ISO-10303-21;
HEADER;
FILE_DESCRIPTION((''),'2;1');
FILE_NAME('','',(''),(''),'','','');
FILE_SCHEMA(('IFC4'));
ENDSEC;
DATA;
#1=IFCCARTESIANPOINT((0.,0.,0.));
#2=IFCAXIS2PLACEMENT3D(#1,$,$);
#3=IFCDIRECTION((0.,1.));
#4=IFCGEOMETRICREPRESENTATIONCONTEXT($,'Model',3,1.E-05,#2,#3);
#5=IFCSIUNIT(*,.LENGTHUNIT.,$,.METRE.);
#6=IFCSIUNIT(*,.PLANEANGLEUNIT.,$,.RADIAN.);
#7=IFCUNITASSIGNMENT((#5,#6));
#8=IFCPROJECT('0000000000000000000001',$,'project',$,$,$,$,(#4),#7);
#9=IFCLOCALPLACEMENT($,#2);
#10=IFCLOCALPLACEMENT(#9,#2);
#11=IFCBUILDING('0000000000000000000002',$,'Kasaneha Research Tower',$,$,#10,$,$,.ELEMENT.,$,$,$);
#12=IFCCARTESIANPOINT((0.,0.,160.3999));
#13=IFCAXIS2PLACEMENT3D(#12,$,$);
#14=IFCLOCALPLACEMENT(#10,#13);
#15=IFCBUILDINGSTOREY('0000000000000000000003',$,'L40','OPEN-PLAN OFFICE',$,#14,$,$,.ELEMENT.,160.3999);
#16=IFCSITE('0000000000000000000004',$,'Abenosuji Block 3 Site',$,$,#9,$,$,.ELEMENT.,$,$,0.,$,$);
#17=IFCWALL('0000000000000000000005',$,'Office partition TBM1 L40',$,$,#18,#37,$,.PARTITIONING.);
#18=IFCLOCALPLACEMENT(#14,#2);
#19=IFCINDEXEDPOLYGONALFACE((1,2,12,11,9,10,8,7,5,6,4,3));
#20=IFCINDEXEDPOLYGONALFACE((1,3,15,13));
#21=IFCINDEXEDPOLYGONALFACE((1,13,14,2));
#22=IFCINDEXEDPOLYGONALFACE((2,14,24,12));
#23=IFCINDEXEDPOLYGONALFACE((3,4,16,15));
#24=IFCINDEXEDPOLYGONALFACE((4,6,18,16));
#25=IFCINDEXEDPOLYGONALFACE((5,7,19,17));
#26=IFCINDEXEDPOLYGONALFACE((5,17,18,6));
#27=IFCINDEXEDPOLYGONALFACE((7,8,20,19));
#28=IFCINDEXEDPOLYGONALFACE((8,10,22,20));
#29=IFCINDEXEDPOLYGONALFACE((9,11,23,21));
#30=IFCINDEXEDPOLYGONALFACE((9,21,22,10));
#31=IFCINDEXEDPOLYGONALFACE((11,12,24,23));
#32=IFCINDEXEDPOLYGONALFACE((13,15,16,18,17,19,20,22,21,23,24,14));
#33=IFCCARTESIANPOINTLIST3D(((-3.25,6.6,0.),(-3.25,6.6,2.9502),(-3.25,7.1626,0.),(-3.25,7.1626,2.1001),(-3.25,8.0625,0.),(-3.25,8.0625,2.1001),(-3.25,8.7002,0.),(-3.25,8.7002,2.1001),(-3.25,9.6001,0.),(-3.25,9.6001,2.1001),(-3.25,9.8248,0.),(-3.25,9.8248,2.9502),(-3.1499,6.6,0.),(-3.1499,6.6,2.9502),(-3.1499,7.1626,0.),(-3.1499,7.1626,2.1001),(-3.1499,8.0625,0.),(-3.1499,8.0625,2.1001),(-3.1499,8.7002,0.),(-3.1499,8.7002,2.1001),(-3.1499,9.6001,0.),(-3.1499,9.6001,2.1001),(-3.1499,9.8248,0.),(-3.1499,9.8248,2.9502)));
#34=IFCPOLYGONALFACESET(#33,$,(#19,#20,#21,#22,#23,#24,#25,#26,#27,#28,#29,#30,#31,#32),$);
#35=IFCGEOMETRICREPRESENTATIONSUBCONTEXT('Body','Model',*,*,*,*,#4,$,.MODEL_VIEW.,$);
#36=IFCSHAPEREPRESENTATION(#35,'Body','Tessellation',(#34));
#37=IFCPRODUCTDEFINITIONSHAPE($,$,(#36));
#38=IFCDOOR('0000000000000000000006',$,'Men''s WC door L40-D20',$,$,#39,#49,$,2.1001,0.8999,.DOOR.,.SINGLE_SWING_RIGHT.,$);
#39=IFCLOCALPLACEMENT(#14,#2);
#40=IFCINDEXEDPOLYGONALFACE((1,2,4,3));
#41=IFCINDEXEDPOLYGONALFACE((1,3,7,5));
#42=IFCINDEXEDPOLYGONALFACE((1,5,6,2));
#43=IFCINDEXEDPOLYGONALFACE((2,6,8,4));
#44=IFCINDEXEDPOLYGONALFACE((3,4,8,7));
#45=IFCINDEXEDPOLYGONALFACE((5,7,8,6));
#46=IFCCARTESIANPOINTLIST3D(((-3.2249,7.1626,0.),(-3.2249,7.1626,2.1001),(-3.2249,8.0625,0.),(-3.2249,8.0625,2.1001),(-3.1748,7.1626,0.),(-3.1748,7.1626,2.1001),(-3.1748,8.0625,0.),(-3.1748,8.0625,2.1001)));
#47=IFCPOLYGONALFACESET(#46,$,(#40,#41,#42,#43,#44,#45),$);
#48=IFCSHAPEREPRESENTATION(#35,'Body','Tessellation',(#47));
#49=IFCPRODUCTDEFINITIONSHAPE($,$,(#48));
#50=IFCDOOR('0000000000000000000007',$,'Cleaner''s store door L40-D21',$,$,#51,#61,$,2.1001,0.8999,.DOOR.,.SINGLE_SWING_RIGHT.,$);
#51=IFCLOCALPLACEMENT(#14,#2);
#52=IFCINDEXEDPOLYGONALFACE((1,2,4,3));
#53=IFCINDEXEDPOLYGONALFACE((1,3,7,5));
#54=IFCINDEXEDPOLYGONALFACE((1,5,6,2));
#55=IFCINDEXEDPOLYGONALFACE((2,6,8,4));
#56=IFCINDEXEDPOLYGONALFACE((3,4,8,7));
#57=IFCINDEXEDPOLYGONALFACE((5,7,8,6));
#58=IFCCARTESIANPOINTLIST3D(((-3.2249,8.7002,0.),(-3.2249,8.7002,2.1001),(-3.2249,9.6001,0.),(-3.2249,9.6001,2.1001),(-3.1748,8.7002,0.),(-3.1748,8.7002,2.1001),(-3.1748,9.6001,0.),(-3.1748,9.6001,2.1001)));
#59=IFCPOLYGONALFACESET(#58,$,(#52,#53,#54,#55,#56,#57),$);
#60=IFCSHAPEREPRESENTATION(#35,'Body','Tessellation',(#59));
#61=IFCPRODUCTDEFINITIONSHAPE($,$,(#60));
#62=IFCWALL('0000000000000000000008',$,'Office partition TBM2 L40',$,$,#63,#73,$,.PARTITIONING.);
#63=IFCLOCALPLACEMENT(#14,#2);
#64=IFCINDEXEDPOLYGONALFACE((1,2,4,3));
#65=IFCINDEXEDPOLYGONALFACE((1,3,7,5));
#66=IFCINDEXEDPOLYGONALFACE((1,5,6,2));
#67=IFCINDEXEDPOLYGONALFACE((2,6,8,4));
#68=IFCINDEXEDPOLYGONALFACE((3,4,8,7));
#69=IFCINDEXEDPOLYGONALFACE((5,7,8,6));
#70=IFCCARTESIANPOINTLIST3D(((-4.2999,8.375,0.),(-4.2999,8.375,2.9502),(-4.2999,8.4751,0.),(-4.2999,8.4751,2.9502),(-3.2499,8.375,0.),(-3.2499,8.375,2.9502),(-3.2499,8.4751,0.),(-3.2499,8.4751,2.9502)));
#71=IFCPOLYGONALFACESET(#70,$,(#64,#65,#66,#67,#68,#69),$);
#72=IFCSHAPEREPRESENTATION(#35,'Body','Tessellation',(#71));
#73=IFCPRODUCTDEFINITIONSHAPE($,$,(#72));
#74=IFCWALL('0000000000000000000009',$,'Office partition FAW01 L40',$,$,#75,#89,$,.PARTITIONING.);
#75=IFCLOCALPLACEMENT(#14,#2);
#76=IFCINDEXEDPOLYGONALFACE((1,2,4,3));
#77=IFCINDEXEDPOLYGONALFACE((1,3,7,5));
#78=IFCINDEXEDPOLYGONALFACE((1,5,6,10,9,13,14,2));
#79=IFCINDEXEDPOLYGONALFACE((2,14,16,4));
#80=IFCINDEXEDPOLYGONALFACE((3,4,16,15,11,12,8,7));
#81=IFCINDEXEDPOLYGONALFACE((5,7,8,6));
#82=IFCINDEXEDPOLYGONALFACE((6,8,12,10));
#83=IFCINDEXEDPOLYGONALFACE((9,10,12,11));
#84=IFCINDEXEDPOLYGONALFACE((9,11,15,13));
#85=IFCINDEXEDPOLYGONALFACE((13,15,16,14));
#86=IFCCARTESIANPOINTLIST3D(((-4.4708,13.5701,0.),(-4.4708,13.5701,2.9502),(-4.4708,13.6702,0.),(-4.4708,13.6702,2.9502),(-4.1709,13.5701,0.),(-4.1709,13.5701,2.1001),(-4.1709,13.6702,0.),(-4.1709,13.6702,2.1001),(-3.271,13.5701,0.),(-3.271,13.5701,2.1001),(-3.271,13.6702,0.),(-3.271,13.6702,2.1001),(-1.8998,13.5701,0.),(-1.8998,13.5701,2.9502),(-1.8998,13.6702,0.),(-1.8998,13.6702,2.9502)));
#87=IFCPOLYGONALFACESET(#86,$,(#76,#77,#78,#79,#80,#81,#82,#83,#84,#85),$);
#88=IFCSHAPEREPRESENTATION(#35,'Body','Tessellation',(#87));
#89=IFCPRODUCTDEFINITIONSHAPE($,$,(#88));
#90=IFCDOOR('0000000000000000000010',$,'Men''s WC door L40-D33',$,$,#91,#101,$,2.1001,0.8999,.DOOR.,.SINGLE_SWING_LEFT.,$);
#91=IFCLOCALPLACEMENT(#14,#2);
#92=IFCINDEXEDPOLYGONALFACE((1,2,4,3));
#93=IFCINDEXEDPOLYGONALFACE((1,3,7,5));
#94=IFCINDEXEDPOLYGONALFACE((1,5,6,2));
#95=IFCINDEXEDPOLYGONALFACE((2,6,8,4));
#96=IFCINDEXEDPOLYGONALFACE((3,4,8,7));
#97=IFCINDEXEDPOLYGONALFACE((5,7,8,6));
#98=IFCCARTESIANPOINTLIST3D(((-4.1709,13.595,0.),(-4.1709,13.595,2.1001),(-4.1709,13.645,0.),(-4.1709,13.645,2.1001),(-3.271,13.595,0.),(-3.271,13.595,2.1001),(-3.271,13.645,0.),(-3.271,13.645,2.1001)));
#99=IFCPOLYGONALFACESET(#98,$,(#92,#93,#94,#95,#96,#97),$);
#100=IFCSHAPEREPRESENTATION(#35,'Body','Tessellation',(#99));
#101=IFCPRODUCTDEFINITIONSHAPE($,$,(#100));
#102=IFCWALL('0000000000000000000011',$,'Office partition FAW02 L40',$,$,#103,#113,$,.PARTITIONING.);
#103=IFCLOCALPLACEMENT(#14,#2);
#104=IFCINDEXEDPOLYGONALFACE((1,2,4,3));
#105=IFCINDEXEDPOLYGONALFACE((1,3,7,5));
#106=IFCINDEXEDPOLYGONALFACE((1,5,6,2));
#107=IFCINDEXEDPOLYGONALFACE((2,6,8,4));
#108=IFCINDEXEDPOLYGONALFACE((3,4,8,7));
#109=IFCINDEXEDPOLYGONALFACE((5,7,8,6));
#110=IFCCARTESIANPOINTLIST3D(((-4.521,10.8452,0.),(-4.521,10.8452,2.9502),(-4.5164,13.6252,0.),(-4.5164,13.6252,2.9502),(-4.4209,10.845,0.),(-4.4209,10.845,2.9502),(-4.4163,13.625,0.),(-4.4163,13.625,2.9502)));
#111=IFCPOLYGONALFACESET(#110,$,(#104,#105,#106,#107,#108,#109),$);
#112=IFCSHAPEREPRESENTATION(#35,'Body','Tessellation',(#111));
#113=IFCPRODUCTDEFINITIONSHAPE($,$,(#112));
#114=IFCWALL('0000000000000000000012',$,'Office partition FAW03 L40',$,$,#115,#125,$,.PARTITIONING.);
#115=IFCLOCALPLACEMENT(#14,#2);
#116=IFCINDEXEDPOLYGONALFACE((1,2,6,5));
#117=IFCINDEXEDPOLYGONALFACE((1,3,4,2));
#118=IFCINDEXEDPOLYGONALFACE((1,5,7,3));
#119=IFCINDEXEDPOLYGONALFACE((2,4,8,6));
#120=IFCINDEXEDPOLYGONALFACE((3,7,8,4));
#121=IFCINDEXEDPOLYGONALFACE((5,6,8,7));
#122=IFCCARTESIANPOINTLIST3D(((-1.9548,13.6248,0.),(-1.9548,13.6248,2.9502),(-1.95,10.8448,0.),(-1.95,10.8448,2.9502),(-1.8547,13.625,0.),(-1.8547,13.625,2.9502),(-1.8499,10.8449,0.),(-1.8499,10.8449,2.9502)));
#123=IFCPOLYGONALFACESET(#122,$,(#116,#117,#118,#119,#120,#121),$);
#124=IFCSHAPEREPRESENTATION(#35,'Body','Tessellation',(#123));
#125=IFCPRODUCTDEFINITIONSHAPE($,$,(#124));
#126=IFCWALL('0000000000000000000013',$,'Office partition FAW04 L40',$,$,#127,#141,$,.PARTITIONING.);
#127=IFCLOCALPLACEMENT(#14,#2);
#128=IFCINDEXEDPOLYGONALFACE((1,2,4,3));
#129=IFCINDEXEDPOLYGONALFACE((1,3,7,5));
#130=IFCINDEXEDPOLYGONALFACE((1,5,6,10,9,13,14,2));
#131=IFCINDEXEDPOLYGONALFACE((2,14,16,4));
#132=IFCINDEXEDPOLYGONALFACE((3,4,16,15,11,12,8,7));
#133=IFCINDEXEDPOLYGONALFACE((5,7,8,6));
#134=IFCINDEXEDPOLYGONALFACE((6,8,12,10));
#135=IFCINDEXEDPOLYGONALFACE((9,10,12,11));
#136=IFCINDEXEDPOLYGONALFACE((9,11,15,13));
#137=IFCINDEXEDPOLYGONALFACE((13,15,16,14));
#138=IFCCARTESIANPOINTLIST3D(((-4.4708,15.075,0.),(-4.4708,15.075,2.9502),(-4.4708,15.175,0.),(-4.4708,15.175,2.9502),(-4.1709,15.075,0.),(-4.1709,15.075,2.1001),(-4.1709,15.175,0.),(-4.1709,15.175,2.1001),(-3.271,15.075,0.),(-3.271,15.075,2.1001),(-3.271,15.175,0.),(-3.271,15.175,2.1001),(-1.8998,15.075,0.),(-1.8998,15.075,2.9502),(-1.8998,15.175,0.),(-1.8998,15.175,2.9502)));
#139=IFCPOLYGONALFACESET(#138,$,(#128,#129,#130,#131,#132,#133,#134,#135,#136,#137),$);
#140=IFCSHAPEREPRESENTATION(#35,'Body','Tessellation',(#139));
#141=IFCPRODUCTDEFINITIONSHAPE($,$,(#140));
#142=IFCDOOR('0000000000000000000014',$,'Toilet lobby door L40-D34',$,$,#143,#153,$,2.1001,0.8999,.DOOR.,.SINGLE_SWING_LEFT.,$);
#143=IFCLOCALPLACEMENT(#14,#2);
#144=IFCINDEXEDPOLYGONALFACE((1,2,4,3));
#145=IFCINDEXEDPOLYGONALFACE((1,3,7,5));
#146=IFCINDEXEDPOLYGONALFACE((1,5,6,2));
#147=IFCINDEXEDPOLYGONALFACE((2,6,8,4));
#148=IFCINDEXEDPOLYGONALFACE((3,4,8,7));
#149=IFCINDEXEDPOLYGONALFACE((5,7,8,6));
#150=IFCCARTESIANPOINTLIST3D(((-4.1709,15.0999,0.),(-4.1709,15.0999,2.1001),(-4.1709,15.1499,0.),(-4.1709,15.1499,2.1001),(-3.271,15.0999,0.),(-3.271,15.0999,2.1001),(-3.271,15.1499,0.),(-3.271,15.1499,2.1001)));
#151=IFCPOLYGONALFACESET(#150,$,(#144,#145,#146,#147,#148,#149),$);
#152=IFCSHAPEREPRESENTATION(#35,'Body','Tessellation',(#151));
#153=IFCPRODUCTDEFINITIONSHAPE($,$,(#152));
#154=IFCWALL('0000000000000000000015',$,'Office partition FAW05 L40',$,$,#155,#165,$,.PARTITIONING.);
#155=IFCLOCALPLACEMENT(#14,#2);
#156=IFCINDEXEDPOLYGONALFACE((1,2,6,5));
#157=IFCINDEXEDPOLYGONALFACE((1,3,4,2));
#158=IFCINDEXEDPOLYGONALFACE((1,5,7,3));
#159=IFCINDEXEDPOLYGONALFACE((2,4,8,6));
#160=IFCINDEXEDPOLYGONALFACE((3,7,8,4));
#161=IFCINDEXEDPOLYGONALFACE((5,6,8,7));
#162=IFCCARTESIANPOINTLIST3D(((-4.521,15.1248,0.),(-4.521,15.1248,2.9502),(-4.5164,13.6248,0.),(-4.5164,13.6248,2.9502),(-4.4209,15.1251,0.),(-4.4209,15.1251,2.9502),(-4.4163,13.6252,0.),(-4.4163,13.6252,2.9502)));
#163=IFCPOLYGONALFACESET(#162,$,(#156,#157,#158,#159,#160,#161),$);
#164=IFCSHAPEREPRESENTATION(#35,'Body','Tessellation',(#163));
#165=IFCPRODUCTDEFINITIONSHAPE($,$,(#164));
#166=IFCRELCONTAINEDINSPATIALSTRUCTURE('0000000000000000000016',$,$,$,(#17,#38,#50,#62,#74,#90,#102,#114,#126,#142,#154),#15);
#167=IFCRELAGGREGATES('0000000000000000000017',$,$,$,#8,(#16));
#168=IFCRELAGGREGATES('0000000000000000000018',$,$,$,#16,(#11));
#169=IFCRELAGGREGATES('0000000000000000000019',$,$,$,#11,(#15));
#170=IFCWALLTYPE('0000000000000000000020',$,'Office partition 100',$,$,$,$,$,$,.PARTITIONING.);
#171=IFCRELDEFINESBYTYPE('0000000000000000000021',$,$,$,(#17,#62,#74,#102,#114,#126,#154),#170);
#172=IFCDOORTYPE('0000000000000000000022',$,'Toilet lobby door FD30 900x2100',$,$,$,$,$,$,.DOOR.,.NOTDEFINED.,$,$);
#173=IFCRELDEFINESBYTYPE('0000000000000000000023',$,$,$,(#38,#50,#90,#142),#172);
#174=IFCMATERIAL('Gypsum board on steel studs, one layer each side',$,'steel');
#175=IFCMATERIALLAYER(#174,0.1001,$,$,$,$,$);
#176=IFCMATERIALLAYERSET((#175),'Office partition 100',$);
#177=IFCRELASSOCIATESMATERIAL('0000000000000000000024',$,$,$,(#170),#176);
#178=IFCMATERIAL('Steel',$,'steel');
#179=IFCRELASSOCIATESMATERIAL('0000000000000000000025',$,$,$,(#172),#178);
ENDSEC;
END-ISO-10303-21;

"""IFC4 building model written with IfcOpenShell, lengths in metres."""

from ifc_helpers import new_model, si_unit, direction, frame, frame_2d, origin, place, context, subcontext, project, spatial, rectangle, extrude, material, layer, layer_set, type_object, element, fill, save


model = new_model("IFC4")

# Units and contexts
model_context = context("Model", 3, precision=1e-05, world=origin(), true_north=direction((0.0, 1.0)))
body_context = subcontext(model_context, "Body", "Model", "MODEL_VIEW")
ifc_project = project(units=[si_unit("LENGTHUNIT", "METRE"), si_unit("PLANEANGLEUNIT", "RADIAN")], contexts=[model_context])

# Site, building, storey
site_placement = place(None, origin())
site = spatial("IfcSite", under=ifc_project, at=site_placement, Name="Abenosuji Block 3 Site", CompositionType="ELEMENT", RefElevation=0.0)
building_placement = place(site_placement, origin())
building = spatial("IfcBuilding", under=site, at=building_placement, Name="Kasaneha Research Tower", CompositionType="ELEMENT")
storey_placement = place(building_placement, frame((0.0, 0.0, 160.3999)))
storey = spatial("IfcBuildingStorey", under=building, at=storey_placement, Name="L40", Description="OPEN-PLAN OFFICE", CompositionType="ELEMENT", Elevation=160.3999)

# Wall, openings, doors
ifc_material_1 = material(Name="Gypsum board on steel studs, one layer each side", Category="steel")
ifc_layer_1 = layer(ifc_material_1, 0.1001)
ifc_layer_set_1 = layer_set([ifc_layer_1], Name="Office partition 100")
wall_type_1 = type_object("IfcWallType", Name="Office partition 100", PredefinedType="PARTITIONING", material=ifc_layer_set_1)
wall_1_placement = place(storey_placement, frame((-3.2, 6.6001, 0.0), z_axis=(0.0, 0.0, 1.0), x_axis=(0.0, 1.0, 0.0)))
wall_1 = element("IfcWall", 1, at=wall_1_placement, inside=storey, type_object=wall_type_1, Name="Office partition TBM1 L40", PredefinedType="PARTITIONING", context=body_context, shape_type="SweptSolid", body=[
    extrude(rectangle(XDim=3.2249, YDim=0.1001, at=frame_2d((1.6123, 0.0))), origin(), (0.0, 0.0, 1.0), 2.9502),
])
opening_1_placement = place(wall_1_placement, frame((0.5625, 0.0, 0.0)))
opening_1 = element("IfcOpeningElement", 2, at=opening_1_placement, cuts=wall_1, PredefinedType="OPENING", context=body_context, shape_type="SweptSolid", body=[
    extrude(rectangle(XDim=0.8999, YDim=2.1001, at=frame_2d((0.45, 1.05))), frame((0.0, 0.0601, 0.0), z_axis=(0.0, -1.0, 0.0), x_axis=(1.0, 0.0, 0.0)), (0.0, 0.0, 1.0), 0.1201),
])
opening_2_placement = place(wall_1_placement, frame((2.1001, 0.0, 0.0)))
opening_2 = element("IfcOpeningElement", 3, at=opening_2_placement, cuts=wall_1, PredefinedType="OPENING", context=body_context, shape_type="SweptSolid", body=[
    extrude(rectangle(XDim=0.8999, YDim=2.1001, at=frame_2d((0.45, 1.05))), frame((0.0, 0.0601, 0.0), z_axis=(0.0, -1.0, 0.0), x_axis=(1.0, 0.0, 0.0)), (0.0, 0.0, 1.0), 0.1201),
])
ifc_material_2 = material(Name="Steel", Category="steel")
door_type_1 = type_object("IfcDoorType", Name="Toilet lobby door FD30 900x2100", OperationType="NOTDEFINED", PredefinedType="DOOR", material=ifc_material_2)
door_1_placement = place(opening_1_placement, origin())
door_1 = element("IfcDoor", 4, at=door_1_placement, inside=storey, type_object=door_type_1, Name="Men's WC door L40-D20", OperationType="SINGLE_SWING_RIGHT", OverallHeight=2.1001, OverallWidth=0.8999, PredefinedType="DOOR", context=body_context, shape_type="SweptSolid", body=[
    extrude(rectangle(XDim=0.8999, YDim=2.1001, at=frame_2d((0.45, 1.05))), frame((0.0, 0.0249, 0.0), z_axis=(0.0, -1.0, 0.0), x_axis=(1.0, 0.0, 0.0)), (0.0, 0.0, 1.0), 0.05),
])
fill(opening_1, door_1)
door_2_placement = place(opening_2_placement, origin())
door_2 = element("IfcDoor", 5, at=door_2_placement, inside=storey, type_object=door_type_1, Name="Cleaner's store door L40-D21", OperationType="SINGLE_SWING_RIGHT", OverallHeight=2.1001, OverallWidth=0.8999, PredefinedType="DOOR", context=body_context, shape_type="SweptSolid", body=[
    extrude(rectangle(XDim=0.8999, YDim=2.1001, at=frame_2d((0.45, 1.05))), frame((0.0, 0.0249, 0.0), z_axis=(0.0, -1.0, 0.0), x_axis=(1.0, 0.0, 0.0)), (0.0, 0.0, 1.0), 0.05),
])
fill(opening_2, door_2)

# Wall
wall_2_placement = place(storey_placement, frame((-3.25, 8.425, 0.0), z_axis=(0.0, 0.0, 1.0), x_axis=(-1.0, 0.0, 0.0)))
element("IfcWall", 6, at=wall_2_placement, inside=storey, type_object=wall_type_1, Name="Office partition TBM2 L40", PredefinedType="PARTITIONING", context=body_context, shape_type="SweptSolid", body=[
    extrude(rectangle(XDim=1.05, YDim=0.1001, at=frame_2d((0.5249, 0.0))), origin(), (0.0, 0.0, 1.0), 2.9502),
])

# Wall, opening, door
wall_3_placement = place(storey_placement, frame((-4.4709, 13.6201, 0.0), z_axis=(0.0, 0.0, 1.0), x_axis=(1.0, 0.0, 0.0)))
wall_3 = element("IfcWall", 7, at=wall_3_placement, inside=storey, type_object=wall_type_1, Name="Office partition FAW01 L40", PredefinedType="PARTITIONING", context=body_context, shape_type="SweptSolid", body=[
    extrude(rectangle(XDim=2.571, YDim=0.1001, at=frame_2d((1.2856, 0.0))), origin(), (0.0, 0.0, 1.0), 2.9502),
])
opening_3_placement = place(wall_3_placement, frame((0.3, 0.0, 0.0)))
opening_3 = element("IfcOpeningElement", 8, at=opening_3_placement, cuts=wall_3, PredefinedType="OPENING", context=body_context, shape_type="SweptSolid", body=[
    extrude(rectangle(XDim=0.8999, YDim=2.1001, at=frame_2d((0.45, 1.05))), frame((0.0, 0.0601, 0.0), z_axis=(0.0, -1.0, 0.0), x_axis=(1.0, 0.0, 0.0)), (0.0, 0.0, 1.0), 0.1201),
])
door_3_placement = place(opening_3_placement, origin())
door_3 = element("IfcDoor", 9, at=door_3_placement, inside=storey, type_object=door_type_1, Name="Men's WC door L40-D33", OperationType="SINGLE_SWING_LEFT", OverallHeight=2.1001, OverallWidth=0.8999, PredefinedType="DOOR", context=body_context, shape_type="SweptSolid", body=[
    extrude(rectangle(XDim=0.8999, YDim=2.1001, at=frame_2d((0.45, 1.05))), frame((0.0, 0.0249, 0.0), z_axis=(0.0, -1.0, 0.0), x_axis=(1.0, 0.0, 0.0)), (0.0, 0.0, 1.0), 0.05),
])
fill(opening_3, door_3)

# Walls
for number, where, z_axis, x_axis, name in (
    (10, (-4.4709, 10.845, 0.0), (0.0, 0.0, 1.0), (0.001669, 0.999999, 0.0), "Office partition FAW02 L40"),
    (11, (-1.9048, 13.625, 0.0), (0.0, 0.0, 1.0), (0.001756, -0.999998, 0.0), "Office partition FAW03 L40"),
):
    element("IfcWall", number, at=place(storey_placement, frame(where, z_axis=z_axis, x_axis=x_axis)), inside=storey, type_object=wall_type_1, Name=name, PredefinedType="PARTITIONING", context=body_context, shape_type="SweptSolid", body=[
        extrude(rectangle(XDim=2.78, YDim=0.1001, at=frame_2d((1.3901, 0.0))), origin(), (0.0, 0.0, 1.0), 2.9502),
    ])

# Wall, opening, door
wall_4_placement = place(storey_placement, frame((-4.4709, 15.125, 0.0), z_axis=(0.0, 0.0, 1.0), x_axis=(1.0, 0.0, 0.0)))
wall_4 = element("IfcWall", 12, at=wall_4_placement, inside=storey, type_object=wall_type_1, Name="Office partition FAW04 L40", PredefinedType="PARTITIONING", context=body_context, shape_type="SweptSolid", body=[
    extrude(rectangle(XDim=2.571, YDim=0.1001, at=frame_2d((1.2856, 0.0))), origin(), (0.0, 0.0, 1.0), 2.9502),
])
opening_4_placement = place(wall_4_placement, frame((0.3, 0.0, 0.0)))
opening_4 = element("IfcOpeningElement", 13, at=opening_4_placement, cuts=wall_4, PredefinedType="OPENING", context=body_context, shape_type="SweptSolid", body=[
    extrude(rectangle(XDim=0.8999, YDim=2.1001, at=frame_2d((0.45, 1.05))), frame((0.0, 0.0601, 0.0), z_axis=(0.0, -1.0, 0.0), x_axis=(1.0, 0.0, 0.0)), (0.0, 0.0, 1.0), 0.1201),
])
door_4_placement = place(opening_4_placement, origin())
door_4 = element("IfcDoor", 14, at=door_4_placement, inside=storey, type_object=door_type_1, Name="Toilet lobby door L40-D34", OperationType="SINGLE_SWING_LEFT", OverallHeight=2.1001, OverallWidth=0.8999, PredefinedType="DOOR", context=body_context, shape_type="SweptSolid", body=[
    extrude(rectangle(XDim=0.8999, YDim=2.1001, at=frame_2d((0.45, 1.05))), frame((0.0, 0.0249, 0.0), z_axis=(0.0, -1.0, 0.0), x_axis=(1.0, 0.0, 0.0)), (0.0, 0.0, 1.0), 0.05),
])
fill(opening_4, door_4)

# Wall
wall_5_placement = place(storey_placement, frame((-4.4663, 13.625, 0.0), z_axis=(0.0, 0.0, 1.0), x_axis=(-0.003092, 0.999995, 0.0)))
element("IfcWall", 15, at=wall_5_placement, inside=storey, type_object=wall_type_1, Name="Office partition FAW05 L40", PredefinedType="PARTITIONING", context=body_context, shape_type="SweptSolid", body=[
    extrude(rectangle(XDim=1.5, YDim=0.1001, at=frame_2d((0.75, 0.0))), origin(), (0.0, 0.0, 1.0), 2.9502),
])

save(model, "model.ifc")
